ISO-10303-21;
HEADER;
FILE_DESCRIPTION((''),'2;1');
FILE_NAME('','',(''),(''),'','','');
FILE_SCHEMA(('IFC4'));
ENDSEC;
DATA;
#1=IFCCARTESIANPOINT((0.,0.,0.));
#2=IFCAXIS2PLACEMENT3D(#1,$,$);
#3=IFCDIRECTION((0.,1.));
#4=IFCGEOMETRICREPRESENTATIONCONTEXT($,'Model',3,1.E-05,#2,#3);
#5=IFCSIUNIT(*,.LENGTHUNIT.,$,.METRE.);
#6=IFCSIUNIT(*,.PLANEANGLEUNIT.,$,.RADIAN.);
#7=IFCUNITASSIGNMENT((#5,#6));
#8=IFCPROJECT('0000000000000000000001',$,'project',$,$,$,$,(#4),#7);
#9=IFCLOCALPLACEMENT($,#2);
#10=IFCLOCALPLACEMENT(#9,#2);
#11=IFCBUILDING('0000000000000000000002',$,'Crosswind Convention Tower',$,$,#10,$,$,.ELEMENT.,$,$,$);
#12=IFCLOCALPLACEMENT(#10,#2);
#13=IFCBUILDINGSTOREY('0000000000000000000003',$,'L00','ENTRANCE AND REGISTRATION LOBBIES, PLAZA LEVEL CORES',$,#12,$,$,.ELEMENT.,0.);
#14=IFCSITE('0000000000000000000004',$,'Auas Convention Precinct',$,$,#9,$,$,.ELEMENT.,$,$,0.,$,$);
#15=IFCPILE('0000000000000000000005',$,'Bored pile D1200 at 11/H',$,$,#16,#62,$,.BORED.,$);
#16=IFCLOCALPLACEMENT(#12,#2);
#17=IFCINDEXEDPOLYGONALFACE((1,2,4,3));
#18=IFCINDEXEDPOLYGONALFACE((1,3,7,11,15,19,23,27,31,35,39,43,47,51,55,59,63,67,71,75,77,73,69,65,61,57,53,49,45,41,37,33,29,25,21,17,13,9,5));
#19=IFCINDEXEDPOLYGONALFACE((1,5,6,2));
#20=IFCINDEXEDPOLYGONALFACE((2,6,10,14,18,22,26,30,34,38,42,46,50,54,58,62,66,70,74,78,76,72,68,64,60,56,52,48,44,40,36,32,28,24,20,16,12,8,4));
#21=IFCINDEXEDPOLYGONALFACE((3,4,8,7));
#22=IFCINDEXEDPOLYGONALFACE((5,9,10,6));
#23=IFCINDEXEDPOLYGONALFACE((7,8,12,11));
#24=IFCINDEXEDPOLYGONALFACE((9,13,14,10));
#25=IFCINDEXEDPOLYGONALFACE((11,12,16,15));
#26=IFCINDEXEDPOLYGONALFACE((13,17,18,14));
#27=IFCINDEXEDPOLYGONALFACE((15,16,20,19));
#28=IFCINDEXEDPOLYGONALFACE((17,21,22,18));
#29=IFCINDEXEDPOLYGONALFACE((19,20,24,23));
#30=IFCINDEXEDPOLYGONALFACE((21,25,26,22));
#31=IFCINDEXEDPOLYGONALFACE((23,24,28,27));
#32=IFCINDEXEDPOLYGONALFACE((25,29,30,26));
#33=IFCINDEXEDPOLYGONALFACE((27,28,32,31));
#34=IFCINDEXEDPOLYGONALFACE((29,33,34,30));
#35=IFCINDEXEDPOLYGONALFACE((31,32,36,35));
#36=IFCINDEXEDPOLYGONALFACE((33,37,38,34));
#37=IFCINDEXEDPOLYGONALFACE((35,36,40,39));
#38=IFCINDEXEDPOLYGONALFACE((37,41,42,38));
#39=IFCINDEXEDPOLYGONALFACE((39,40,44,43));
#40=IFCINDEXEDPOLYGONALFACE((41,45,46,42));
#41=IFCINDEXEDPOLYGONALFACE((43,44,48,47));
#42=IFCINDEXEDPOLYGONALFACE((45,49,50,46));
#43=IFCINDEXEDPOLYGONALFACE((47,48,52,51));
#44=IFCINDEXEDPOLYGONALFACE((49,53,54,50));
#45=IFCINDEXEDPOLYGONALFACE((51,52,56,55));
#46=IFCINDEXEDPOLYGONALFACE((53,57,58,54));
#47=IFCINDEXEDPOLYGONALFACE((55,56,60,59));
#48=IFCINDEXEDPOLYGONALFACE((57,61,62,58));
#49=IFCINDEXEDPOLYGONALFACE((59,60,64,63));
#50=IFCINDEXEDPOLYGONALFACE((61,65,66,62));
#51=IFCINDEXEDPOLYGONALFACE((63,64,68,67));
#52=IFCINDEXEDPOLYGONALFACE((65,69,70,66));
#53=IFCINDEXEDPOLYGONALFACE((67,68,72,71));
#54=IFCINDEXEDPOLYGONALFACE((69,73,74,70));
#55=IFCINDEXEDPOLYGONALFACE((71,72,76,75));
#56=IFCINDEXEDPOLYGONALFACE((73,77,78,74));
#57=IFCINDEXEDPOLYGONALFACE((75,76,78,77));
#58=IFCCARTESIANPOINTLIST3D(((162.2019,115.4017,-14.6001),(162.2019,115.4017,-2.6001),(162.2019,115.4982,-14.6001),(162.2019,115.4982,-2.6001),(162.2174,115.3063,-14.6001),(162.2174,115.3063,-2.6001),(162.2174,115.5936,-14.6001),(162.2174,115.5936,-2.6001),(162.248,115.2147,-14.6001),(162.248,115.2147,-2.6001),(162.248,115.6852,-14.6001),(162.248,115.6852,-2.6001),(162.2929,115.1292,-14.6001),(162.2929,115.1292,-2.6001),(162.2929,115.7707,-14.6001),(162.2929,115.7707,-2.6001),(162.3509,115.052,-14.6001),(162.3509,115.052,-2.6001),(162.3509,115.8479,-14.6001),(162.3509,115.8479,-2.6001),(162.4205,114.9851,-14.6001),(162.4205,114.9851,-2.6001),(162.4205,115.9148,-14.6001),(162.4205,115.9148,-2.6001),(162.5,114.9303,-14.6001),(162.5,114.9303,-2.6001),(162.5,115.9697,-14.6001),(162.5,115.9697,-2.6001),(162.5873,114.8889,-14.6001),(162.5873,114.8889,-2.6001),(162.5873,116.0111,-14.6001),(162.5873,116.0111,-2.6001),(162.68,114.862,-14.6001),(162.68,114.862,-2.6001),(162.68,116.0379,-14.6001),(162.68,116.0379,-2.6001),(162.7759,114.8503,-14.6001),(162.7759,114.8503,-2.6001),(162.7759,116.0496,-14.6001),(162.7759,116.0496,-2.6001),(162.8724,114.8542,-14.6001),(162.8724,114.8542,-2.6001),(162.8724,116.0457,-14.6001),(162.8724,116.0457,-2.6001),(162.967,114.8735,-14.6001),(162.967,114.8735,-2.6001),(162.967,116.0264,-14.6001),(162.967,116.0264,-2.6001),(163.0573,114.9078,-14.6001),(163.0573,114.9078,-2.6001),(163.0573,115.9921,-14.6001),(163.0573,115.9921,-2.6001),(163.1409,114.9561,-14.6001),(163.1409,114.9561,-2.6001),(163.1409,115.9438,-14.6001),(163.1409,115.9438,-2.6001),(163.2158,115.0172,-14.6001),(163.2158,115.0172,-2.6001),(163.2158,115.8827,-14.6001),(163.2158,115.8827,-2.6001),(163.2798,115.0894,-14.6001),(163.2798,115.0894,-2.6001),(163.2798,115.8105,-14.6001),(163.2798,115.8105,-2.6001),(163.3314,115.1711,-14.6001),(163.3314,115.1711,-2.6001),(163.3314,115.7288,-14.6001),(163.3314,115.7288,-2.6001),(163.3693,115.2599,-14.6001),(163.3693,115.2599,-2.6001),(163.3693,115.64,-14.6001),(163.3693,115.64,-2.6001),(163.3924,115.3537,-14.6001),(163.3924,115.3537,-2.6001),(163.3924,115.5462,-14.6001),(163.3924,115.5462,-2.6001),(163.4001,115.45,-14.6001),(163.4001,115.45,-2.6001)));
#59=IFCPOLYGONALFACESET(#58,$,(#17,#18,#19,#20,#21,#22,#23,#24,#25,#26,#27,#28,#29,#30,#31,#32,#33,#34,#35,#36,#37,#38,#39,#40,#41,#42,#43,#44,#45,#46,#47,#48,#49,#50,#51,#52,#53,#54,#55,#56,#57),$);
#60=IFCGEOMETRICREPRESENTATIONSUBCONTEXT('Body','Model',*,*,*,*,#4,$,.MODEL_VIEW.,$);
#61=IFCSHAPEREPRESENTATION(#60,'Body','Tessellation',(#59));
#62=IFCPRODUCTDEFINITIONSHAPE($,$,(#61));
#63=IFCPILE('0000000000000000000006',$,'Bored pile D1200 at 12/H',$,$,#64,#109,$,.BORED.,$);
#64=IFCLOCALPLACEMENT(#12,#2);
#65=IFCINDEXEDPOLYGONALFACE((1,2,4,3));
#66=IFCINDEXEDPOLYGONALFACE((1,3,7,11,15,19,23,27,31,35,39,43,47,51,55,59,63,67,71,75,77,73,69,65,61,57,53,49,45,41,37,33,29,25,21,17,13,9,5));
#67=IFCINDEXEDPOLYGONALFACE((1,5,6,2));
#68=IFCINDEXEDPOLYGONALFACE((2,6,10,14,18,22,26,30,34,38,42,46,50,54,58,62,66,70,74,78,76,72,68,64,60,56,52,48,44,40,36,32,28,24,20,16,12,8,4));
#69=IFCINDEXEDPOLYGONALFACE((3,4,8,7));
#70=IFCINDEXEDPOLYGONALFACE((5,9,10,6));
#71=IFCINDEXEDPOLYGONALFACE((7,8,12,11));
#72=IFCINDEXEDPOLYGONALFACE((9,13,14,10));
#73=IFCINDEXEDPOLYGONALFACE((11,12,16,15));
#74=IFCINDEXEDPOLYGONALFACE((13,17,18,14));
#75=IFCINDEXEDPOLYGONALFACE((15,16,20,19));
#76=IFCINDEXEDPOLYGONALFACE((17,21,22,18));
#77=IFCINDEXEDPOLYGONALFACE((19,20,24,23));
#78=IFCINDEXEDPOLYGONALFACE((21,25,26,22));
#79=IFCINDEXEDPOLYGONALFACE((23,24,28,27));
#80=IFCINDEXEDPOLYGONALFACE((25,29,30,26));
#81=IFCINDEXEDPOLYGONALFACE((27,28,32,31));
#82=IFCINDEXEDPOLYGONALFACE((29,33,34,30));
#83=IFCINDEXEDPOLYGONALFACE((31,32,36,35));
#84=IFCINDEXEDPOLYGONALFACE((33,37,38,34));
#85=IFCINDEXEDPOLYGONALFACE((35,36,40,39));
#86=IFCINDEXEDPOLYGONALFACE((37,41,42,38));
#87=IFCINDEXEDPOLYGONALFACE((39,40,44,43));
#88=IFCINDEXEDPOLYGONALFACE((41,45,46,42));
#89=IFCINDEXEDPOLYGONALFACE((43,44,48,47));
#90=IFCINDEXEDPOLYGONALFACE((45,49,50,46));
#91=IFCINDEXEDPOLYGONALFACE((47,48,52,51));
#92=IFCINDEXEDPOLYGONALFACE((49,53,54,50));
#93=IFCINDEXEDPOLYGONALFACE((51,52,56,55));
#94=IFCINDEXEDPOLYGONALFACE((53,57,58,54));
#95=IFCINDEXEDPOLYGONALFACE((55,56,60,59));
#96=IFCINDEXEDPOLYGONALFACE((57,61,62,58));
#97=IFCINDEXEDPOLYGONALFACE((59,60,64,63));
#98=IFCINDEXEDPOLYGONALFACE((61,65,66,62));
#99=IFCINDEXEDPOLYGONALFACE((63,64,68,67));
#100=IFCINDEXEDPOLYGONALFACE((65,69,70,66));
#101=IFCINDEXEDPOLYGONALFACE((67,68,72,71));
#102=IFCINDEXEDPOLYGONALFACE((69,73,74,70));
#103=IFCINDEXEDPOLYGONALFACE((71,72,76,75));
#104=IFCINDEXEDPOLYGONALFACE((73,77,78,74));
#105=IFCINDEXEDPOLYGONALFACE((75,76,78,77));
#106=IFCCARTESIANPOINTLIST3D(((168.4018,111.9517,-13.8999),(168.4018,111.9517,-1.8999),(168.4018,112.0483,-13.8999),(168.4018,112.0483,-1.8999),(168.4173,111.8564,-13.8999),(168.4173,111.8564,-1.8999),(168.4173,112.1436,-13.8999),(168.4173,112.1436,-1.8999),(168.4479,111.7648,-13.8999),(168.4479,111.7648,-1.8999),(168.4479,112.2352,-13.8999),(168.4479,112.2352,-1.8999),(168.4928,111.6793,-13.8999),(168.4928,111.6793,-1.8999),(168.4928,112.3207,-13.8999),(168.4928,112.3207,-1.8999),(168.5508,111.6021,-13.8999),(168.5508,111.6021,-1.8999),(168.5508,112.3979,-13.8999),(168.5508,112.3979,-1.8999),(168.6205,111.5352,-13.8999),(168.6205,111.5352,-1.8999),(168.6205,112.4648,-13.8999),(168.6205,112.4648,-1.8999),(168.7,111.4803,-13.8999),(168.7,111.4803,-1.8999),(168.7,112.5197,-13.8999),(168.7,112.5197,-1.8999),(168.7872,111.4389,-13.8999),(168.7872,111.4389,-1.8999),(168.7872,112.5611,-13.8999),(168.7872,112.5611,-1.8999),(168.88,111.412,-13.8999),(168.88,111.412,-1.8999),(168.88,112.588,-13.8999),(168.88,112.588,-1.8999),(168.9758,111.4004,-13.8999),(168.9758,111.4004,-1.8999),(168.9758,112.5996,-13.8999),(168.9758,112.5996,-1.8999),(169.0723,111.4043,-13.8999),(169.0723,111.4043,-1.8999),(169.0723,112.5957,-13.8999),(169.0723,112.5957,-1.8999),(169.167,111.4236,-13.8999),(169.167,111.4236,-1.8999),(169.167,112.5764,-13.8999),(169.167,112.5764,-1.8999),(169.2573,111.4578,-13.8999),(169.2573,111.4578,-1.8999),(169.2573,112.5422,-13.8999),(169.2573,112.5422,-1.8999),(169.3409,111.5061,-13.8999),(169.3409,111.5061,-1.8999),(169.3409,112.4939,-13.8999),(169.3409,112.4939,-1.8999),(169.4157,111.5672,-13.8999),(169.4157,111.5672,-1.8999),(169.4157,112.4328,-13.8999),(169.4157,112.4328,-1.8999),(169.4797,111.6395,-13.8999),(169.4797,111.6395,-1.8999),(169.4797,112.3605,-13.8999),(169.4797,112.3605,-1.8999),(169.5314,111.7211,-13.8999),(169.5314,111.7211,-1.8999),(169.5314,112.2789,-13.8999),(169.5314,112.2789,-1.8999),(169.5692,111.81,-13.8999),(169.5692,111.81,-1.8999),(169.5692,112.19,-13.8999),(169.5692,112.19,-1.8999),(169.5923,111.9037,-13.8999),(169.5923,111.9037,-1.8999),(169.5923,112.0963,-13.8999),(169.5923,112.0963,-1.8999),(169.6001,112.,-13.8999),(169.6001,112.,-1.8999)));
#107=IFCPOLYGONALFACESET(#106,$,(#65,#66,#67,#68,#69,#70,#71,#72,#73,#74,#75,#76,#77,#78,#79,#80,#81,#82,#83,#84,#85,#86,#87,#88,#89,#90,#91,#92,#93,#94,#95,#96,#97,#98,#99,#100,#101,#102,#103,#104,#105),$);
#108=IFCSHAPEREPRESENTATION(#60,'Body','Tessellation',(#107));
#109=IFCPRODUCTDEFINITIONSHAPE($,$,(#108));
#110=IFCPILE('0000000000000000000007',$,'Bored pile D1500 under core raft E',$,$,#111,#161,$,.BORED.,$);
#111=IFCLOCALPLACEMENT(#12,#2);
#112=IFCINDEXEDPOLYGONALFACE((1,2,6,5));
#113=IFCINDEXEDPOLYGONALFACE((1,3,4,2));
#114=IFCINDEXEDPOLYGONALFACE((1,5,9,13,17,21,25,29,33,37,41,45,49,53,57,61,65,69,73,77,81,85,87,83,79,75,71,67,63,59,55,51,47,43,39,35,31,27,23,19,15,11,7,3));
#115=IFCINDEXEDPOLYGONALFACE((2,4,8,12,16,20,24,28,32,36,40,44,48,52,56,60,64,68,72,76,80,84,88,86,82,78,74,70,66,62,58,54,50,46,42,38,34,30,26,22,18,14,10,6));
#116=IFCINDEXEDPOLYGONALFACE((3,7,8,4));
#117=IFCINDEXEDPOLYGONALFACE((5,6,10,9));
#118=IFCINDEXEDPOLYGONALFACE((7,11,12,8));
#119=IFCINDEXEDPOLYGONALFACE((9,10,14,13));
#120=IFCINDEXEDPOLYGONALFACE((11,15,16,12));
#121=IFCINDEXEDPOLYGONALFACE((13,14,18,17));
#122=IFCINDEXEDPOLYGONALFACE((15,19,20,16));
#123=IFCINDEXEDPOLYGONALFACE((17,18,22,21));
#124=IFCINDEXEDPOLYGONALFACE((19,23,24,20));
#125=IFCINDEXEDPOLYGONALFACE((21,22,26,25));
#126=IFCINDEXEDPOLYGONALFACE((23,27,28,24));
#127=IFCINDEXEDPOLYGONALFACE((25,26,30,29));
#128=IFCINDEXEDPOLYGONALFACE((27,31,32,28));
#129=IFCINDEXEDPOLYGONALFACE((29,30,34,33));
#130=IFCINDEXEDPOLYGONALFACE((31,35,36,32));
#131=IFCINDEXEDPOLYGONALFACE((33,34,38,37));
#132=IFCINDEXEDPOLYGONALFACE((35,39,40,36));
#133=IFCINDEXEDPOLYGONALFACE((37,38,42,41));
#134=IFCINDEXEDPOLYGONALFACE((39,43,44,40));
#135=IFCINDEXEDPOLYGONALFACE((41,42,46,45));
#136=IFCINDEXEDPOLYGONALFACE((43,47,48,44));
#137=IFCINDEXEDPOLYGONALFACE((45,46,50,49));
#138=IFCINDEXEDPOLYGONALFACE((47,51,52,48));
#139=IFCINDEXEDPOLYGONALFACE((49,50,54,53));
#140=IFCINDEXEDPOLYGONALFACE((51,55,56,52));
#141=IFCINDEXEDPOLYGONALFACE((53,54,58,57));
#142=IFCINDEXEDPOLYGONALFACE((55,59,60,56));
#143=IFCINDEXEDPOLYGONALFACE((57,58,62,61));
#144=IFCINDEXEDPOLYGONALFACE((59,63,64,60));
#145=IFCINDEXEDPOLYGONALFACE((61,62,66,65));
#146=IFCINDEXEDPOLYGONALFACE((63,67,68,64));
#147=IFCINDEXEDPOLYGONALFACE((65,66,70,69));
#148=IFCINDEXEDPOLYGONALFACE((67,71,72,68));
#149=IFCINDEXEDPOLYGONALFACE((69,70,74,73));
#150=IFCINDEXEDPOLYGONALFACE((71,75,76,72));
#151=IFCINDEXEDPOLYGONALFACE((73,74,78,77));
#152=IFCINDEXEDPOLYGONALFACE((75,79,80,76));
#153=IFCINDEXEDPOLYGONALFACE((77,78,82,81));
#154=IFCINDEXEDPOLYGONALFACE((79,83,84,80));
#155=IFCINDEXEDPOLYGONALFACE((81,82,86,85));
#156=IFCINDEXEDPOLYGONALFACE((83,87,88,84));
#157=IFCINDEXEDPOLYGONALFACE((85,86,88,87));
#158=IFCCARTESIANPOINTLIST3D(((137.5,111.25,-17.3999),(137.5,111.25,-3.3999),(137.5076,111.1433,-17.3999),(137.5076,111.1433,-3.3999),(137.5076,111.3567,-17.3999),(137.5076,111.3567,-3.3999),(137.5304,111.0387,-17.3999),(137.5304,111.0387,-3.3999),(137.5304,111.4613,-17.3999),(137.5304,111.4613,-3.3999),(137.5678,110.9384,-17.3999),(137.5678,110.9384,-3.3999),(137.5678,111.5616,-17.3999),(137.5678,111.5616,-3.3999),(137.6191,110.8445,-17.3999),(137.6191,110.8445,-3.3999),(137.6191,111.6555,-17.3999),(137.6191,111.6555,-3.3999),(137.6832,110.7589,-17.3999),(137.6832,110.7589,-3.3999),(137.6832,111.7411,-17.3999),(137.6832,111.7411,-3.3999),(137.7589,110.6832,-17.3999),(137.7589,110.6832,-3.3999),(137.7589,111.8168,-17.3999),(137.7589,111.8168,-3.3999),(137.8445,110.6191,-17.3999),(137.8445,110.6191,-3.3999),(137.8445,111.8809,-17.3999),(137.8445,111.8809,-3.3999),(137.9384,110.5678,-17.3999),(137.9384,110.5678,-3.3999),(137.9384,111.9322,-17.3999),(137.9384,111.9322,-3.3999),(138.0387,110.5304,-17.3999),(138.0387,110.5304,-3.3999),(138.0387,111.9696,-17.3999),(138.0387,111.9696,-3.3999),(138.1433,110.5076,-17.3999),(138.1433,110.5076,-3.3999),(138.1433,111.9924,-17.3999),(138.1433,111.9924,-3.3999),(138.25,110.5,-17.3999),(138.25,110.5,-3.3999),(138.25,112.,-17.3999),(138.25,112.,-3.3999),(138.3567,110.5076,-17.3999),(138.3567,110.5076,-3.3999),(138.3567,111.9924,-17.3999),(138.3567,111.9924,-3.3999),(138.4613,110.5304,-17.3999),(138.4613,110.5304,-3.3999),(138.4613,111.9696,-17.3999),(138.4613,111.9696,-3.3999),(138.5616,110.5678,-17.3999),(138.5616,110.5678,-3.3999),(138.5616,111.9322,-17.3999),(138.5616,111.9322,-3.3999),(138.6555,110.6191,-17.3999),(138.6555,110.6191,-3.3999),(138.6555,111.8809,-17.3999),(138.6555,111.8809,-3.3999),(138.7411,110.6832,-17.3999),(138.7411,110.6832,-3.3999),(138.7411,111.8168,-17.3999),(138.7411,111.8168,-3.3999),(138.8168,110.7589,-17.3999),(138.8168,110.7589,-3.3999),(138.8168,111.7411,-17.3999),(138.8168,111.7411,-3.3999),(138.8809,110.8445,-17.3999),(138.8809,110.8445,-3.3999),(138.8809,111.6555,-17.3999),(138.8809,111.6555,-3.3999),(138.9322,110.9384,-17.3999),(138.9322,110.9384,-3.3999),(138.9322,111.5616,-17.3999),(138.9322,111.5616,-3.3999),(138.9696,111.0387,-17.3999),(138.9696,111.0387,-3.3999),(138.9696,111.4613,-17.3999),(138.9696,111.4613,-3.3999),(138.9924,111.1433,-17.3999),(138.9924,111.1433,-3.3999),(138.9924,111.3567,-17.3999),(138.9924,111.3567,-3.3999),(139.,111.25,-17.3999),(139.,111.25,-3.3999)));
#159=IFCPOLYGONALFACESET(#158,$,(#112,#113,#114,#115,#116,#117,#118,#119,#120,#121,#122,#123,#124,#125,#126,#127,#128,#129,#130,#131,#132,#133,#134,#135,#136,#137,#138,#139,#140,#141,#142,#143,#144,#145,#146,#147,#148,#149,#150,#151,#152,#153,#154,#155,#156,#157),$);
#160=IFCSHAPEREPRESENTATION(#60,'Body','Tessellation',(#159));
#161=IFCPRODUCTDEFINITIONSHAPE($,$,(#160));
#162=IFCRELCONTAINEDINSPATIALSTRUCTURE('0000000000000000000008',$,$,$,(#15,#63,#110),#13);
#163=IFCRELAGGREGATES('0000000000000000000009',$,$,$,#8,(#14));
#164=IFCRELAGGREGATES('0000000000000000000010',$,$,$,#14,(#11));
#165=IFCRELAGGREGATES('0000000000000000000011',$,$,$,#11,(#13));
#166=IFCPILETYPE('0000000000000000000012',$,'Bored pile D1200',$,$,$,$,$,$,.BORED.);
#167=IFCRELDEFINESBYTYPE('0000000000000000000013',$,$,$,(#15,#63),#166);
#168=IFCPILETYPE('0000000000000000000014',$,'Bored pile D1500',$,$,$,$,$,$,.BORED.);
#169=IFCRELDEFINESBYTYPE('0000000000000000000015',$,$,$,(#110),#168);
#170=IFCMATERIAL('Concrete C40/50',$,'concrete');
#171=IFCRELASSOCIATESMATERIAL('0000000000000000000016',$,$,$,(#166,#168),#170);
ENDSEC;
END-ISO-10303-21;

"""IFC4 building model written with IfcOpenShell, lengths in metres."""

from ifc_helpers import new_model, si_unit, direction, frame, origin, origin_2d, place, context, subcontext, project, spatial, circle, extrude, material, material_profile, profile_set, type_object, element, save


model = new_model("IFC4")

# Units and contexts
model_context = context("Model", 3, precision=1e-05, world=origin(), true_north=direction((0.0, 1.0)))
body_context = subcontext(model_context, "Body", "Model", "MODEL_VIEW")
ifc_project = project(units=[si_unit("LENGTHUNIT", "METRE"), si_unit("PLANEANGLEUNIT", "RADIAN")], contexts=[model_context])

# Site, building, storey
site_placement = place(None, origin())
site = spatial("IfcSite", under=ifc_project, at=site_placement, Name="Auas Convention Precinct", CompositionType="ELEMENT", RefElevation=0.0)
building_placement = place(site_placement, origin())
building = spatial("IfcBuilding", under=site, at=building_placement, Name="Crosswind Convention Tower", CompositionType="ELEMENT")
storey_placement = place(building_placement, origin())
storey = spatial("IfcBuildingStorey", under=building, at=storey_placement, Name="L00", Description="ENTRANCE AND REGISTRATION LOBBIES, PLAZA LEVEL CORES", CompositionType="ELEMENT", Elevation=0.0)

# Piles
ifc_material_1 = material(Name="Concrete C40/50", Category="concrete")
ifc_material_profile_1 = material_profile(ifc_material_1, circle(Radius=0.6001, at=origin_2d()), Name="Bored pile D1200")
ifc_profile_set_1 = profile_set([ifc_material_profile_1], Name="Concrete C40/50")
pile_type_1 = type_object("IfcPileType", Name="Bored pile D1200", PredefinedType="BORED", material=ifc_profile_set_1)
for number, where, z_axis, x_axis, name in (
    (1, (162.8, 115.45, -2.6001), (0.0, 0.0, -1.0), (1.0, 0.0, 0.0), "Bored pile D1200 at 11/H"),
    (2, (169.0, 112.0, -1.8999), (0.0, 0.0, -1.0), (1.0, 0.0, 0.0), "Bored pile D1200 at 12/H"),
):
    element("IfcPile", number, at=place(storey_placement, frame(where, z_axis=z_axis, x_axis=x_axis)), inside=storey, type_object=pile_type_1, Name=name, PredefinedType="BORED", context=body_context, shape_type="SweptSolid", body=[
        extrude(circle(Radius=0.6001, at=origin_2d()), origin(), (0.0, 0.0, 1.0), 12.0),
    ])
ifc_material_profile_2 = material_profile(ifc_material_1, circle(Radius=0.75, at=origin_2d()), Name="Bored pile D1500")
ifc_profile_set_2 = profile_set([ifc_material_profile_2], Name="Concrete C40/50")
pile_type_2 = type_object("IfcPileType", Name="Bored pile D1500", PredefinedType="BORED", material=ifc_profile_set_2)
for number, where, z_axis, x_axis, name in (
    (3, (138.25, 111.25, -3.3999), (0.0, 0.0, -1.0), (1.0, 0.0, 0.0), "Bored pile D1500 under core raft E"),
):
    element("IfcPile", number, at=place(storey_placement, frame(where, z_axis=z_axis, x_axis=x_axis)), inside=storey, type_object=pile_type_2, Name=name, PredefinedType="BORED", context=body_context, shape_type="SweptSolid", body=[
        extrude(circle(Radius=0.75, at=origin_2d()), origin(), (0.0, 0.0, 1.0), 14.0),
    ])

save(model, "model.ifc")
